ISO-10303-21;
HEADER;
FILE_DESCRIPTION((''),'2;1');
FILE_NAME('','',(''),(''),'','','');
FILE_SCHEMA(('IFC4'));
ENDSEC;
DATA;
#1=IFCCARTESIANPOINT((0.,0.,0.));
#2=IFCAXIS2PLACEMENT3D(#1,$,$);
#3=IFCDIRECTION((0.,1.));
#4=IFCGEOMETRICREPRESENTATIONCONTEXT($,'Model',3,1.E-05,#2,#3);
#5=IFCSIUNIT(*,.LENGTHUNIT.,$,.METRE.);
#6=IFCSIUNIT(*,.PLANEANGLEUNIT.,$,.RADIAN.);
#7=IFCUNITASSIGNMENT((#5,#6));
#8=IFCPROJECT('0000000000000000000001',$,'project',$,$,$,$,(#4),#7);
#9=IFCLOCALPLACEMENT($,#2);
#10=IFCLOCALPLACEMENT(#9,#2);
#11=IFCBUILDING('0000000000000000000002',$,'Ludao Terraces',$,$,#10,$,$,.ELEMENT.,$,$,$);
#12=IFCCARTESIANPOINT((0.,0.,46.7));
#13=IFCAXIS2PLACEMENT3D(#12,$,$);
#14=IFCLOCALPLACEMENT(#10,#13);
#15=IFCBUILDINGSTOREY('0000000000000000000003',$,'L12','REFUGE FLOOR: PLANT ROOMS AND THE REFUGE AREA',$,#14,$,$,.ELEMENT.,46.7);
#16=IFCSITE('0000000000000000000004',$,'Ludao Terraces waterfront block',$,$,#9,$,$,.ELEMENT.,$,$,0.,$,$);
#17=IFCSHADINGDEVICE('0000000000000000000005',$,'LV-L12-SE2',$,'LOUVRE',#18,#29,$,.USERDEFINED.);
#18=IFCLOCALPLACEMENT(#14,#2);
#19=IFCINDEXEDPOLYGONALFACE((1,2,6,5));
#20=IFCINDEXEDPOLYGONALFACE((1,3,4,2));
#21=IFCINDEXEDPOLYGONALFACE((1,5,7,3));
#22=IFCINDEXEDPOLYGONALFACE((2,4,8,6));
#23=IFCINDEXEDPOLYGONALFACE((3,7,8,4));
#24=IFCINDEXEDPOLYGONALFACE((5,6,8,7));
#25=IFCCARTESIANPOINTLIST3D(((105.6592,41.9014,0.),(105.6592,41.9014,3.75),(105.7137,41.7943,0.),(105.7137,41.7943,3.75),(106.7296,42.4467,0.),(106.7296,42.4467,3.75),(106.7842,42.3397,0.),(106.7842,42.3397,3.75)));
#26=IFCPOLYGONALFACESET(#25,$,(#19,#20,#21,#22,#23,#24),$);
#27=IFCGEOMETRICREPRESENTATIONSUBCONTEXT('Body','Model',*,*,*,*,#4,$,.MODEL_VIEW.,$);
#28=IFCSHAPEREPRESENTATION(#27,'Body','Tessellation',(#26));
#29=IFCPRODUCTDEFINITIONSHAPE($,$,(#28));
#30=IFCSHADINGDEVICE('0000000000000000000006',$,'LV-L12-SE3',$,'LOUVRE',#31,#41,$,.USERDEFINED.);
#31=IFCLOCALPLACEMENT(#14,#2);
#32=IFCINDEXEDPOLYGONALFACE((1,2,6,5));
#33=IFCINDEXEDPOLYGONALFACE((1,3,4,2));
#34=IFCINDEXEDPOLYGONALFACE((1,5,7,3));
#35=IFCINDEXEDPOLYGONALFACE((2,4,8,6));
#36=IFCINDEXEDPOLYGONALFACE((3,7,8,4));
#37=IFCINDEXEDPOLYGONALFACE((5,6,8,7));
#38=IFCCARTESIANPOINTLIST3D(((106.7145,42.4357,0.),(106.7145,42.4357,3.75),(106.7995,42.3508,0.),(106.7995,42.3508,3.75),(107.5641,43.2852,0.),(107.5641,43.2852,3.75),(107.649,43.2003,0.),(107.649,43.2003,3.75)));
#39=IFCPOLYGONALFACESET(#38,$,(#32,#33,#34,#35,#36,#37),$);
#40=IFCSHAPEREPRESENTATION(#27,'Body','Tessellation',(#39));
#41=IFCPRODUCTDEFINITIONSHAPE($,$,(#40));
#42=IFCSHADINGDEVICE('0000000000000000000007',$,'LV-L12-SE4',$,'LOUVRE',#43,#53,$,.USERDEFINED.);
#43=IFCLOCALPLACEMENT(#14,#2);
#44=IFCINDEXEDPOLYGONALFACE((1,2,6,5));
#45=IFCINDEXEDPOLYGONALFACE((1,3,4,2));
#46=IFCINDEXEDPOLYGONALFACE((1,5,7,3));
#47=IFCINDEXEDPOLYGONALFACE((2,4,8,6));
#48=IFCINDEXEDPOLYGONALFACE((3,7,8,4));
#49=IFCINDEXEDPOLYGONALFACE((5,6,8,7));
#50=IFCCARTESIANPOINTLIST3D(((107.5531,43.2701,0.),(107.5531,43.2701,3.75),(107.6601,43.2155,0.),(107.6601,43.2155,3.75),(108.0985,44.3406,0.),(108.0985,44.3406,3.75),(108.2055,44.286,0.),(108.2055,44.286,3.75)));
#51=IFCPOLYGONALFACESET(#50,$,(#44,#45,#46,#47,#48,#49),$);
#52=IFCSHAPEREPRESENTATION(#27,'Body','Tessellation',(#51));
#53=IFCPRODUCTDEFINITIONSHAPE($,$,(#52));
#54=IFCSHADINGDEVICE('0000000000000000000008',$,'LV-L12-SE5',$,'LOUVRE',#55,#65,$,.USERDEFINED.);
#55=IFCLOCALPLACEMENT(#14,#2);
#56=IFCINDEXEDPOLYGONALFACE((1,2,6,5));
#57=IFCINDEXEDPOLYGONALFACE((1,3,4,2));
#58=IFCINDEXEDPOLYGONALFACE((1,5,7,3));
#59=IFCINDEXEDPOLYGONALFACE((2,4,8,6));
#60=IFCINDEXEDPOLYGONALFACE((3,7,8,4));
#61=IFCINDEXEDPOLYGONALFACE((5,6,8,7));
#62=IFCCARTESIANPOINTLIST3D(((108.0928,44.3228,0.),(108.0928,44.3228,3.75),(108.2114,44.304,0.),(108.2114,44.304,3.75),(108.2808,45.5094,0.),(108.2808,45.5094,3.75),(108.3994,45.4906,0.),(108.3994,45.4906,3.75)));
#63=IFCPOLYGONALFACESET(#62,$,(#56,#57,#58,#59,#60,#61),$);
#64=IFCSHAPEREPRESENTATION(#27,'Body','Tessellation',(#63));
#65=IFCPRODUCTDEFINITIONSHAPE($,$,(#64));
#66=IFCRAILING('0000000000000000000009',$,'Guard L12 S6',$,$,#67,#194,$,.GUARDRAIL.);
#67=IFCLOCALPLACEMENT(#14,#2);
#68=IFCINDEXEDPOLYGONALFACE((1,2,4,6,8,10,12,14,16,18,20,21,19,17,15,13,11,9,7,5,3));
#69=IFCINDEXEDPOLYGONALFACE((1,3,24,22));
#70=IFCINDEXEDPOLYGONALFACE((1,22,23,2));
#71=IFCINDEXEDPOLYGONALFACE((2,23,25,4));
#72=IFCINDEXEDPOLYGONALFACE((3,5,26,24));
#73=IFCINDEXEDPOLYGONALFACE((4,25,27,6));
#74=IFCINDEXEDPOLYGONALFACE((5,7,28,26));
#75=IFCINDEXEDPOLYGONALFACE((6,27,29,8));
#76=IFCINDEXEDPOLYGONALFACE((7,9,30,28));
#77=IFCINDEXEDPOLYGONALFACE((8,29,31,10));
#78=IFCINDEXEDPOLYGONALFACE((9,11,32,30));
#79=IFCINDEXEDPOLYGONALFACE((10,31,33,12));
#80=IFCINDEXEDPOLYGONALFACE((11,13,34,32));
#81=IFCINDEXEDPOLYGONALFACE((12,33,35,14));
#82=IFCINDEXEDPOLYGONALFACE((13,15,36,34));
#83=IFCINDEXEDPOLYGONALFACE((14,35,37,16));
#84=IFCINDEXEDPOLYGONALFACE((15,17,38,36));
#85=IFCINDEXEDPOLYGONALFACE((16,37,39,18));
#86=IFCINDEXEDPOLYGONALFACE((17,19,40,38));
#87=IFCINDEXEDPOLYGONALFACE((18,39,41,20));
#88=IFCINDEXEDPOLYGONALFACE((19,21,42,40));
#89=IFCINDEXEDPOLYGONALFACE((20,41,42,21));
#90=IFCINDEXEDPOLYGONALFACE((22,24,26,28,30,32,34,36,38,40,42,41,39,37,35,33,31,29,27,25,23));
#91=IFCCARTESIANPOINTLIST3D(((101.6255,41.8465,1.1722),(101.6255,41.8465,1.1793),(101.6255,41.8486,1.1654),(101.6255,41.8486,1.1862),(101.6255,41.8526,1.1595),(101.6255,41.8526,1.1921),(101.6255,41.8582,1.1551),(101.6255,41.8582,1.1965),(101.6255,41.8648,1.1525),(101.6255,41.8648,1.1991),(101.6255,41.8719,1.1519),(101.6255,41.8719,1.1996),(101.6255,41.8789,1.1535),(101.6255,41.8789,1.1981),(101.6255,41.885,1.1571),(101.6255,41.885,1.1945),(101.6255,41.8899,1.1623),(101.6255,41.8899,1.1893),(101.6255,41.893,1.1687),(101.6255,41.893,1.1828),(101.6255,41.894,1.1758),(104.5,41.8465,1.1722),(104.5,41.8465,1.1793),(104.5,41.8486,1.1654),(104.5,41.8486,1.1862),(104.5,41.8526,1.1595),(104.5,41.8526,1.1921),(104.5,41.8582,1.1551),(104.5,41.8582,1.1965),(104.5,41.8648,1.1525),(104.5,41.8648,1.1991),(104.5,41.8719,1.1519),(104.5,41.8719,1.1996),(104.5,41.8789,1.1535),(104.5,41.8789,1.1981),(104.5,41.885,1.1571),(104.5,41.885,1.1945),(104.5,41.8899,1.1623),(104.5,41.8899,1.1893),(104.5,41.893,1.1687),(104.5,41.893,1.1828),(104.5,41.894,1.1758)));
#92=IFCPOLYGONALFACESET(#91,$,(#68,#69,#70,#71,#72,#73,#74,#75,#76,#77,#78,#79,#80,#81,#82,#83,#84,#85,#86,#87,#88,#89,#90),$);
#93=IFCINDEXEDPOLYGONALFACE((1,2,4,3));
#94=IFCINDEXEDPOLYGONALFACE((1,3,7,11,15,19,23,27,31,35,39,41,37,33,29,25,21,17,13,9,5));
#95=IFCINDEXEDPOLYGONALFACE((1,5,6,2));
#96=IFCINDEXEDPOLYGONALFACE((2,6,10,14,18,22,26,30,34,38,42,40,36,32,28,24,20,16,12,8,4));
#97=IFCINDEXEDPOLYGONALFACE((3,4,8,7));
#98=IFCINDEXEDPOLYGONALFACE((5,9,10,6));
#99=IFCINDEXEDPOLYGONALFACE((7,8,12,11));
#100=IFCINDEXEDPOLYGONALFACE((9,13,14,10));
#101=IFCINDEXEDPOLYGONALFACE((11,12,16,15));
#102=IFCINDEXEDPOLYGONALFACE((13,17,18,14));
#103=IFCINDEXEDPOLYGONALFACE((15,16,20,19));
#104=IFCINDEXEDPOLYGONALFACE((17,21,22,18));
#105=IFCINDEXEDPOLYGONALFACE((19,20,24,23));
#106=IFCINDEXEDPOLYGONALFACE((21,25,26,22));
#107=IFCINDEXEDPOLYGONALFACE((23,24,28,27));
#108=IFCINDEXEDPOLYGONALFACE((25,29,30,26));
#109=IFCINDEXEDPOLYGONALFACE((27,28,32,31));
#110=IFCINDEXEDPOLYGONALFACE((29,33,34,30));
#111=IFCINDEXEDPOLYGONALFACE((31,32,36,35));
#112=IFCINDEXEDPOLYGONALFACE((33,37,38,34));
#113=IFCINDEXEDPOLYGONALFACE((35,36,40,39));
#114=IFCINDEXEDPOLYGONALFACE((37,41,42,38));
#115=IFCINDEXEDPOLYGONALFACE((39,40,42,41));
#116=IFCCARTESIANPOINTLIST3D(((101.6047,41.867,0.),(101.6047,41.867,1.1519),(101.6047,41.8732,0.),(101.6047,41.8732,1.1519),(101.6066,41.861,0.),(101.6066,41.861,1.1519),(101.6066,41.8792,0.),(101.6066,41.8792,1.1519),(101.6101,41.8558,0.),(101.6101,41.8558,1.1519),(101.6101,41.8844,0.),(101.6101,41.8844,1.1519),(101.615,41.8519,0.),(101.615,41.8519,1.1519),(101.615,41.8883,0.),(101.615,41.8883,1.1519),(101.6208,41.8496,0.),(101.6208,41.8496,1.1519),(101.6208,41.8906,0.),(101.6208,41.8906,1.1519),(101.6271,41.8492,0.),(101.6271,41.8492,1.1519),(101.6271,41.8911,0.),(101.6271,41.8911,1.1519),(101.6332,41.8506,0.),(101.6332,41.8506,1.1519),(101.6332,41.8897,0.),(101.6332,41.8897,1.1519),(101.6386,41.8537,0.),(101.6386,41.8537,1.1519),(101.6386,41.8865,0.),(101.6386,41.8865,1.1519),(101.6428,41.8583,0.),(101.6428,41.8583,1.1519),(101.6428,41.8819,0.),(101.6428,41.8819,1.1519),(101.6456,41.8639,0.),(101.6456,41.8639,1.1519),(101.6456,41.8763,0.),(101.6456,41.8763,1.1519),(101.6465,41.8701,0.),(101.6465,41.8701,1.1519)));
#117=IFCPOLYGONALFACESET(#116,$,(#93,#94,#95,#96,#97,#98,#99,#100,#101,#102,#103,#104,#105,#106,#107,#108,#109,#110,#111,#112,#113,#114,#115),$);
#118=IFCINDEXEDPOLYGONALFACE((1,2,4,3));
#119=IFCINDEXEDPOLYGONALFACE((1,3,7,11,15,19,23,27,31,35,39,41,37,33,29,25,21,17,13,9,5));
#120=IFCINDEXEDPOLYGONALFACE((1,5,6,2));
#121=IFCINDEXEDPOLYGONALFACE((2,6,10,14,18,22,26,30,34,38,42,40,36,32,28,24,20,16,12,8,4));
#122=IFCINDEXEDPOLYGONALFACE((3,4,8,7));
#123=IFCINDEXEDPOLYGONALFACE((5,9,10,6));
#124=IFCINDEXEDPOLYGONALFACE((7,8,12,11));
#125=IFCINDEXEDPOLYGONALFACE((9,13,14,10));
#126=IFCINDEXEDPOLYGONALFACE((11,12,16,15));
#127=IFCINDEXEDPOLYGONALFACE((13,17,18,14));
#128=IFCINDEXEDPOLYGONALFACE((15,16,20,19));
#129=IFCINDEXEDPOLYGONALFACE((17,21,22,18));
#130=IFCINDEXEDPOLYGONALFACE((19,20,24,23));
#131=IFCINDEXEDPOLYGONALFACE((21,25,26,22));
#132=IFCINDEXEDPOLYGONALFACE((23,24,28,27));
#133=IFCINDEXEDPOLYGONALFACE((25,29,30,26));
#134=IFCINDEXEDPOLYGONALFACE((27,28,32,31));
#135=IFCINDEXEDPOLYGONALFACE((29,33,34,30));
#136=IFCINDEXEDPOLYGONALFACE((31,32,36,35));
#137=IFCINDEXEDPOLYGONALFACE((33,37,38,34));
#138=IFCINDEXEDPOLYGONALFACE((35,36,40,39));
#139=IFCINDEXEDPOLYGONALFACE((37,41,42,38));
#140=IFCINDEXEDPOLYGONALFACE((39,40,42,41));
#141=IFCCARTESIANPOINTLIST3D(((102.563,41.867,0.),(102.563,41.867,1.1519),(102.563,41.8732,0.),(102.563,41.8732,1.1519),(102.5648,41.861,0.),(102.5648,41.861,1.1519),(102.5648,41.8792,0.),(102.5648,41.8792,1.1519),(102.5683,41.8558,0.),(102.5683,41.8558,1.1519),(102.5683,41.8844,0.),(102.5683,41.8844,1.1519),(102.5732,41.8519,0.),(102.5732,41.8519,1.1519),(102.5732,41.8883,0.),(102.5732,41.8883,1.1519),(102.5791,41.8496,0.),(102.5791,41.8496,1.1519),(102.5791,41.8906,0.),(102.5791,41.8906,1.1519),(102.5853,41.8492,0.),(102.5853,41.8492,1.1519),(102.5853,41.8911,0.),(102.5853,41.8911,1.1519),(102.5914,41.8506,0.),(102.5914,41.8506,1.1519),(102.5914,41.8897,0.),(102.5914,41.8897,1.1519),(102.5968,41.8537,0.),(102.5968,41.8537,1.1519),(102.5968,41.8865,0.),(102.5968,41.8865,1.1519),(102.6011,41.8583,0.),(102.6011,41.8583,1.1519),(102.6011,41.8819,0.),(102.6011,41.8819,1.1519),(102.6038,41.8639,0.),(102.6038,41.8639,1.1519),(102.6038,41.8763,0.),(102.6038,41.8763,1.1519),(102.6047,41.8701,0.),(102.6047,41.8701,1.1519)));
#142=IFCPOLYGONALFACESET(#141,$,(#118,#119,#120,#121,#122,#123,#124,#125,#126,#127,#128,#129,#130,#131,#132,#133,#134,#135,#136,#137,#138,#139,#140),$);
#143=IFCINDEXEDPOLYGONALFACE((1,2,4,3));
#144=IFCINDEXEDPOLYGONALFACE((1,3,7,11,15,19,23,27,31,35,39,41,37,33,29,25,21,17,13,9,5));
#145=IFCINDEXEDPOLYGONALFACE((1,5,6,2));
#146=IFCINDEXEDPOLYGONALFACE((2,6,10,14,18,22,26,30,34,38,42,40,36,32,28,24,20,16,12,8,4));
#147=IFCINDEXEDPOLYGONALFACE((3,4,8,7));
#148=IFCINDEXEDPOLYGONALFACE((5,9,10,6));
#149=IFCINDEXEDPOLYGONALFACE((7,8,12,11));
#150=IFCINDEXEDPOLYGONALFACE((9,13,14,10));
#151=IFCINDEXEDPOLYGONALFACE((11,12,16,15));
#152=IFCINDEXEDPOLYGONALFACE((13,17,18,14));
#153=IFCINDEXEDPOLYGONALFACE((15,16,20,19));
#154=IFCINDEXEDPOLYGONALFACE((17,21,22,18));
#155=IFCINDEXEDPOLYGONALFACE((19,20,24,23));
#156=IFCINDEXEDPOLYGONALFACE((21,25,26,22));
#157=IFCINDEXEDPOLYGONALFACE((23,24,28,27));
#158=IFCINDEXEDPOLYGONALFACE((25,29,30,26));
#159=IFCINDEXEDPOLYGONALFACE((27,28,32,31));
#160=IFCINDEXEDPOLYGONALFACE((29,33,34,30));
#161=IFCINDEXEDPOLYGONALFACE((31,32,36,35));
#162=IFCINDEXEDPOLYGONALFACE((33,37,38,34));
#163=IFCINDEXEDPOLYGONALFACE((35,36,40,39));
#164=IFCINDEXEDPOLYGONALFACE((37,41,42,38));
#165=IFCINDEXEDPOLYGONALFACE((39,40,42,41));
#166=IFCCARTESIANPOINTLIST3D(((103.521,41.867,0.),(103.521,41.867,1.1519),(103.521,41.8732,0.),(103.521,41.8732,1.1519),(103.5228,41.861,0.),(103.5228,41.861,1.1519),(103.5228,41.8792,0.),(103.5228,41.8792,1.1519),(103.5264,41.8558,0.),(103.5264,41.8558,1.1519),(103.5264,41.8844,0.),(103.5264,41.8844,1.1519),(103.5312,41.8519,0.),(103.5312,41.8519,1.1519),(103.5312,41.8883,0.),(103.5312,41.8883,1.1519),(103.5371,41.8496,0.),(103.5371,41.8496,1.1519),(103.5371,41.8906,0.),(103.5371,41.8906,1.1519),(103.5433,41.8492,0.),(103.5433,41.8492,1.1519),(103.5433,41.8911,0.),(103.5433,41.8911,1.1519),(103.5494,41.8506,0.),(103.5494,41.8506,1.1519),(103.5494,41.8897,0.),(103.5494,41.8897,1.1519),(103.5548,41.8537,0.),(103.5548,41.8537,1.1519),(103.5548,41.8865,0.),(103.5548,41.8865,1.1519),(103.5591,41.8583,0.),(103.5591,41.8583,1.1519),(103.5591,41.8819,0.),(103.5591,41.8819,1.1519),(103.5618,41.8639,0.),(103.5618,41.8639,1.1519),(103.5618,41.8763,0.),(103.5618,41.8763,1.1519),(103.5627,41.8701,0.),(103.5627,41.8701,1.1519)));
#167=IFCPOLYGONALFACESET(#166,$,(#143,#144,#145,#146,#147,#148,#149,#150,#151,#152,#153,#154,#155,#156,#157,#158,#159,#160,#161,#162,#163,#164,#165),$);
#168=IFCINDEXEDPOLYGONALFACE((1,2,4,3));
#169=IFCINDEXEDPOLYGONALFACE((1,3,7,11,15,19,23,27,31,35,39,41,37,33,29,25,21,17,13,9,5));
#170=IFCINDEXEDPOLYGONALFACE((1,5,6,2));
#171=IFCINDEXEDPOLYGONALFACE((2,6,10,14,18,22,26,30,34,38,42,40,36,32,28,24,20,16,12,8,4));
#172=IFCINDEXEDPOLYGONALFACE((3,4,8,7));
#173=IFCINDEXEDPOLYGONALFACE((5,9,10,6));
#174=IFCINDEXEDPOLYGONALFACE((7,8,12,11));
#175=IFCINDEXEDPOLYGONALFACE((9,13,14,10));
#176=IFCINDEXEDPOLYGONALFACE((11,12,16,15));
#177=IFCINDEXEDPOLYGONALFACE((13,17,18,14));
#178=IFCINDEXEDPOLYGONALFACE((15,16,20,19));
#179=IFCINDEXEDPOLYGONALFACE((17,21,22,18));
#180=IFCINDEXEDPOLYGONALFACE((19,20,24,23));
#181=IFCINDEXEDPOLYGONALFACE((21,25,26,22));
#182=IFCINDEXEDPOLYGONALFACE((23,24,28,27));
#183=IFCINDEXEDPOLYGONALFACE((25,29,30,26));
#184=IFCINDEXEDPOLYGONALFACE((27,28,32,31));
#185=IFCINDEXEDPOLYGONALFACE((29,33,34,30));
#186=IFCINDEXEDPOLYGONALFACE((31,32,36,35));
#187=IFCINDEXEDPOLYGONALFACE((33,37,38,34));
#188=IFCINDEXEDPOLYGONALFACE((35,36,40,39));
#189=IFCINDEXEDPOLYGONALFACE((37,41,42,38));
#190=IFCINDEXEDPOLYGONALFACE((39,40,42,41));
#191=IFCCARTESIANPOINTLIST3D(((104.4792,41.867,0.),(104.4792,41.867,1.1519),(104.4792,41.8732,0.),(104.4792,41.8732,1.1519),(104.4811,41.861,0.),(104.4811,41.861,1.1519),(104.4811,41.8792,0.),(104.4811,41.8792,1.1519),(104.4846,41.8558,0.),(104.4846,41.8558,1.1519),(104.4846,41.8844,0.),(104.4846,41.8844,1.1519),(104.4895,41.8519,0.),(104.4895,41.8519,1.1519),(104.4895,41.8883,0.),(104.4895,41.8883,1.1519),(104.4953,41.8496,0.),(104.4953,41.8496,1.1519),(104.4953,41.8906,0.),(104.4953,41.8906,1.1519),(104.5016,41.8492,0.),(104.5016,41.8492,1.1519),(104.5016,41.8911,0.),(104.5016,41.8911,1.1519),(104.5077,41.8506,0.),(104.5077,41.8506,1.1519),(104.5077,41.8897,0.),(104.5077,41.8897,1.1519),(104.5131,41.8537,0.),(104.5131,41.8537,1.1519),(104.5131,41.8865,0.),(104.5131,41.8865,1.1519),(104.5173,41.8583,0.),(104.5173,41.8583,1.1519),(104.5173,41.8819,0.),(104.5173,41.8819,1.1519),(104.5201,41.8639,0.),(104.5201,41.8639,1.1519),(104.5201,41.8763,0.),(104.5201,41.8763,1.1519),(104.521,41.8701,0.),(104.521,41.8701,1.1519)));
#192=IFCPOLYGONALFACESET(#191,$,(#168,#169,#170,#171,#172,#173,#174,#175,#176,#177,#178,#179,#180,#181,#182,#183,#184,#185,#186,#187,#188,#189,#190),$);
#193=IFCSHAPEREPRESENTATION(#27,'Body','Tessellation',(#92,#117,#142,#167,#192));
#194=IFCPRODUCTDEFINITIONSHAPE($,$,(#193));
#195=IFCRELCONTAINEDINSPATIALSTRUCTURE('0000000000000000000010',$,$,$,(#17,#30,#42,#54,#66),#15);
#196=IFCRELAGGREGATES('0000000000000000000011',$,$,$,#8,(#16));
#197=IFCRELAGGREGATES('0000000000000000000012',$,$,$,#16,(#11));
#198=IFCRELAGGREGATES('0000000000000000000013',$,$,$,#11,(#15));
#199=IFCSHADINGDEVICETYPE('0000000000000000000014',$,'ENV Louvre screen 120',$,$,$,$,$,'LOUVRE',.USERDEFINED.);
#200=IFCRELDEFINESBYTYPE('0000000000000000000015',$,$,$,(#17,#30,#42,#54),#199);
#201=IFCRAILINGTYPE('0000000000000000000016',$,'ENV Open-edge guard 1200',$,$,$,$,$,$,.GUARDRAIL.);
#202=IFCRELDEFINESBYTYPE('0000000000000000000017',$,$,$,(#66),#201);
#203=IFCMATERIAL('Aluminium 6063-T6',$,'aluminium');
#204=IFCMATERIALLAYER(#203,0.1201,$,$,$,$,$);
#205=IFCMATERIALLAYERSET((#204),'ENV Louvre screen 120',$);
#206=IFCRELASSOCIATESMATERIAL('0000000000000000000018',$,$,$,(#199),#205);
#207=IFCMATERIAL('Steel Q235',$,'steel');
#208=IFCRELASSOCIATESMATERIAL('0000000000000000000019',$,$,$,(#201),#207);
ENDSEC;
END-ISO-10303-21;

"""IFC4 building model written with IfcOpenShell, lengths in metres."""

from ifc_helpers import new_model, si_unit, direction, frame, frame_2d, origin, origin_2d, place, context, subcontext, project, spatial, rectangle, circle, extrude, material, layer, layer_set, type_object, element, save


model = new_model("IFC4")

# Units and contexts
model_context = context("Model", 3, precision=1e-05, world=origin(), true_north=direction((0.0, 1.0)))
body_context = subcontext(model_context, "Body", "Model", "MODEL_VIEW")
ifc_project = project(units=[si_unit("LENGTHUNIT", "METRE"), si_unit("PLANEANGLEUNIT", "RADIAN")], contexts=[model_context])

# Site, building, storey
site_placement = place(None, origin())
site = spatial("IfcSite", under=ifc_project, at=site_placement, Name="Ludao Terraces waterfront block", CompositionType="ELEMENT", RefElevation=0.0)
building_placement = place(site_placement, origin())
building = spatial("IfcBuilding", under=site, at=building_placement, Name="Ludao Terraces", CompositionType="ELEMENT")
storey_placement = place(building_placement, frame((0.0, 0.0, 46.7)))
storey = spatial("IfcBuildingStorey", under=building, at=storey_placement, Name="L12", Description="REFUGE FLOOR: PLANT ROOMS AND THE REFUGE AREA", CompositionType="ELEMENT", Elevation=46.7)

# Shared definitions
ifc_material_1 = material(Name="Steel Q235", Category="steel")

# Shading devices
ifc_material_2 = material(Name="Aluminium 6063-T6", Category="aluminium")
ifc_layer_1 = layer(ifc_material_2, 0.1201)
ifc_layer_set_1 = layer_set([ifc_layer_1], Name="ENV Louvre screen 120")
shading_device_type = type_object("IfcShadingDeviceType", Name="ENV Louvre screen 120", ElementType="LOUVRE", PredefinedType="USERDEFINED", material=ifc_layer_set_1)
for number, where, z_axis, x_axis, name in (
    (1, (105.6865, 41.8479, 0.0), (0.0, 0.0, 1.0), (0.891029, 0.453947, 0.0), "LV-L12-SE2"),
    (2, (106.7571, 42.3933, 0.0), (0.0, 0.0, 1.0), (0.707107, 0.707107, 0.0), "LV-L12-SE3"),
    (3, (107.6067, 43.2429, 0.0), (0.0, 0.0, 1.0), (0.453947, 0.891029, 0.0), "LV-L12-SE4"),
    (4, (108.1521, 44.3135, 0.0), (0.0, 0.0, 1.0), (0.156484, 0.98768, 0.0), "LV-L12-SE5"),
):
    element("IfcShadingDevice", number, at=place(storey_placement, frame(where, z_axis=z_axis, x_axis=x_axis)), inside=storey, type_object=shading_device_type, Name=name, ObjectType="LOUVRE", PredefinedType="USERDEFINED", context=body_context, shape_type="SweptSolid", body=[
        extrude(rectangle(XDim=1.2014, YDim=0.1201, at=frame_2d((0.6006, 0.0))), origin(), (0.0, 0.0, 1.0), 3.75),
    ])

# Railing
railing_type = type_object("IfcRailingType", Name="ENV Open-edge guard 1200", PredefinedType="GUARDRAIL", material=ifc_material_1)
railing_placement = place(storey_placement, frame((101.6255, 41.8701, 0.0)))
element("IfcRailing", 5, at=railing_placement, inside=storey, type_object=railing_type, Name="Guard L12 S6", PredefinedType="GUARDRAIL", context=body_context, shape_type="SweptSolid", body=[
    extrude(circle(Radius=0.0239, at=origin_2d()), frame((0.0, 0.0, 1.1758), z_axis=(1.0, 0.0, 0.0), x_axis=(0.0, 1.0, 0.0)), (0.0, 0.0, 1.0), 2.8745),
    extrude(circle(Radius=0.021, at=origin_2d()), origin(), (0.0, 0.0, 1.0), 1.1519),
    extrude(circle(Radius=0.021, at=origin_2d()), frame((0.9583, 0.0, 0.0)), (0.0, 0.0, 1.0), 1.1519),
    extrude(circle(Radius=0.021, at=origin_2d()), frame((1.9163, 0.0, 0.0)), (0.0, 0.0, 1.0), 1.1519),
    extrude(circle(Radius=0.021, at=origin_2d()), frame((2.8745, 0.0, 0.0)), (0.0, 0.0, 1.0), 1.1519),
])

save(model, "model.ifc")
